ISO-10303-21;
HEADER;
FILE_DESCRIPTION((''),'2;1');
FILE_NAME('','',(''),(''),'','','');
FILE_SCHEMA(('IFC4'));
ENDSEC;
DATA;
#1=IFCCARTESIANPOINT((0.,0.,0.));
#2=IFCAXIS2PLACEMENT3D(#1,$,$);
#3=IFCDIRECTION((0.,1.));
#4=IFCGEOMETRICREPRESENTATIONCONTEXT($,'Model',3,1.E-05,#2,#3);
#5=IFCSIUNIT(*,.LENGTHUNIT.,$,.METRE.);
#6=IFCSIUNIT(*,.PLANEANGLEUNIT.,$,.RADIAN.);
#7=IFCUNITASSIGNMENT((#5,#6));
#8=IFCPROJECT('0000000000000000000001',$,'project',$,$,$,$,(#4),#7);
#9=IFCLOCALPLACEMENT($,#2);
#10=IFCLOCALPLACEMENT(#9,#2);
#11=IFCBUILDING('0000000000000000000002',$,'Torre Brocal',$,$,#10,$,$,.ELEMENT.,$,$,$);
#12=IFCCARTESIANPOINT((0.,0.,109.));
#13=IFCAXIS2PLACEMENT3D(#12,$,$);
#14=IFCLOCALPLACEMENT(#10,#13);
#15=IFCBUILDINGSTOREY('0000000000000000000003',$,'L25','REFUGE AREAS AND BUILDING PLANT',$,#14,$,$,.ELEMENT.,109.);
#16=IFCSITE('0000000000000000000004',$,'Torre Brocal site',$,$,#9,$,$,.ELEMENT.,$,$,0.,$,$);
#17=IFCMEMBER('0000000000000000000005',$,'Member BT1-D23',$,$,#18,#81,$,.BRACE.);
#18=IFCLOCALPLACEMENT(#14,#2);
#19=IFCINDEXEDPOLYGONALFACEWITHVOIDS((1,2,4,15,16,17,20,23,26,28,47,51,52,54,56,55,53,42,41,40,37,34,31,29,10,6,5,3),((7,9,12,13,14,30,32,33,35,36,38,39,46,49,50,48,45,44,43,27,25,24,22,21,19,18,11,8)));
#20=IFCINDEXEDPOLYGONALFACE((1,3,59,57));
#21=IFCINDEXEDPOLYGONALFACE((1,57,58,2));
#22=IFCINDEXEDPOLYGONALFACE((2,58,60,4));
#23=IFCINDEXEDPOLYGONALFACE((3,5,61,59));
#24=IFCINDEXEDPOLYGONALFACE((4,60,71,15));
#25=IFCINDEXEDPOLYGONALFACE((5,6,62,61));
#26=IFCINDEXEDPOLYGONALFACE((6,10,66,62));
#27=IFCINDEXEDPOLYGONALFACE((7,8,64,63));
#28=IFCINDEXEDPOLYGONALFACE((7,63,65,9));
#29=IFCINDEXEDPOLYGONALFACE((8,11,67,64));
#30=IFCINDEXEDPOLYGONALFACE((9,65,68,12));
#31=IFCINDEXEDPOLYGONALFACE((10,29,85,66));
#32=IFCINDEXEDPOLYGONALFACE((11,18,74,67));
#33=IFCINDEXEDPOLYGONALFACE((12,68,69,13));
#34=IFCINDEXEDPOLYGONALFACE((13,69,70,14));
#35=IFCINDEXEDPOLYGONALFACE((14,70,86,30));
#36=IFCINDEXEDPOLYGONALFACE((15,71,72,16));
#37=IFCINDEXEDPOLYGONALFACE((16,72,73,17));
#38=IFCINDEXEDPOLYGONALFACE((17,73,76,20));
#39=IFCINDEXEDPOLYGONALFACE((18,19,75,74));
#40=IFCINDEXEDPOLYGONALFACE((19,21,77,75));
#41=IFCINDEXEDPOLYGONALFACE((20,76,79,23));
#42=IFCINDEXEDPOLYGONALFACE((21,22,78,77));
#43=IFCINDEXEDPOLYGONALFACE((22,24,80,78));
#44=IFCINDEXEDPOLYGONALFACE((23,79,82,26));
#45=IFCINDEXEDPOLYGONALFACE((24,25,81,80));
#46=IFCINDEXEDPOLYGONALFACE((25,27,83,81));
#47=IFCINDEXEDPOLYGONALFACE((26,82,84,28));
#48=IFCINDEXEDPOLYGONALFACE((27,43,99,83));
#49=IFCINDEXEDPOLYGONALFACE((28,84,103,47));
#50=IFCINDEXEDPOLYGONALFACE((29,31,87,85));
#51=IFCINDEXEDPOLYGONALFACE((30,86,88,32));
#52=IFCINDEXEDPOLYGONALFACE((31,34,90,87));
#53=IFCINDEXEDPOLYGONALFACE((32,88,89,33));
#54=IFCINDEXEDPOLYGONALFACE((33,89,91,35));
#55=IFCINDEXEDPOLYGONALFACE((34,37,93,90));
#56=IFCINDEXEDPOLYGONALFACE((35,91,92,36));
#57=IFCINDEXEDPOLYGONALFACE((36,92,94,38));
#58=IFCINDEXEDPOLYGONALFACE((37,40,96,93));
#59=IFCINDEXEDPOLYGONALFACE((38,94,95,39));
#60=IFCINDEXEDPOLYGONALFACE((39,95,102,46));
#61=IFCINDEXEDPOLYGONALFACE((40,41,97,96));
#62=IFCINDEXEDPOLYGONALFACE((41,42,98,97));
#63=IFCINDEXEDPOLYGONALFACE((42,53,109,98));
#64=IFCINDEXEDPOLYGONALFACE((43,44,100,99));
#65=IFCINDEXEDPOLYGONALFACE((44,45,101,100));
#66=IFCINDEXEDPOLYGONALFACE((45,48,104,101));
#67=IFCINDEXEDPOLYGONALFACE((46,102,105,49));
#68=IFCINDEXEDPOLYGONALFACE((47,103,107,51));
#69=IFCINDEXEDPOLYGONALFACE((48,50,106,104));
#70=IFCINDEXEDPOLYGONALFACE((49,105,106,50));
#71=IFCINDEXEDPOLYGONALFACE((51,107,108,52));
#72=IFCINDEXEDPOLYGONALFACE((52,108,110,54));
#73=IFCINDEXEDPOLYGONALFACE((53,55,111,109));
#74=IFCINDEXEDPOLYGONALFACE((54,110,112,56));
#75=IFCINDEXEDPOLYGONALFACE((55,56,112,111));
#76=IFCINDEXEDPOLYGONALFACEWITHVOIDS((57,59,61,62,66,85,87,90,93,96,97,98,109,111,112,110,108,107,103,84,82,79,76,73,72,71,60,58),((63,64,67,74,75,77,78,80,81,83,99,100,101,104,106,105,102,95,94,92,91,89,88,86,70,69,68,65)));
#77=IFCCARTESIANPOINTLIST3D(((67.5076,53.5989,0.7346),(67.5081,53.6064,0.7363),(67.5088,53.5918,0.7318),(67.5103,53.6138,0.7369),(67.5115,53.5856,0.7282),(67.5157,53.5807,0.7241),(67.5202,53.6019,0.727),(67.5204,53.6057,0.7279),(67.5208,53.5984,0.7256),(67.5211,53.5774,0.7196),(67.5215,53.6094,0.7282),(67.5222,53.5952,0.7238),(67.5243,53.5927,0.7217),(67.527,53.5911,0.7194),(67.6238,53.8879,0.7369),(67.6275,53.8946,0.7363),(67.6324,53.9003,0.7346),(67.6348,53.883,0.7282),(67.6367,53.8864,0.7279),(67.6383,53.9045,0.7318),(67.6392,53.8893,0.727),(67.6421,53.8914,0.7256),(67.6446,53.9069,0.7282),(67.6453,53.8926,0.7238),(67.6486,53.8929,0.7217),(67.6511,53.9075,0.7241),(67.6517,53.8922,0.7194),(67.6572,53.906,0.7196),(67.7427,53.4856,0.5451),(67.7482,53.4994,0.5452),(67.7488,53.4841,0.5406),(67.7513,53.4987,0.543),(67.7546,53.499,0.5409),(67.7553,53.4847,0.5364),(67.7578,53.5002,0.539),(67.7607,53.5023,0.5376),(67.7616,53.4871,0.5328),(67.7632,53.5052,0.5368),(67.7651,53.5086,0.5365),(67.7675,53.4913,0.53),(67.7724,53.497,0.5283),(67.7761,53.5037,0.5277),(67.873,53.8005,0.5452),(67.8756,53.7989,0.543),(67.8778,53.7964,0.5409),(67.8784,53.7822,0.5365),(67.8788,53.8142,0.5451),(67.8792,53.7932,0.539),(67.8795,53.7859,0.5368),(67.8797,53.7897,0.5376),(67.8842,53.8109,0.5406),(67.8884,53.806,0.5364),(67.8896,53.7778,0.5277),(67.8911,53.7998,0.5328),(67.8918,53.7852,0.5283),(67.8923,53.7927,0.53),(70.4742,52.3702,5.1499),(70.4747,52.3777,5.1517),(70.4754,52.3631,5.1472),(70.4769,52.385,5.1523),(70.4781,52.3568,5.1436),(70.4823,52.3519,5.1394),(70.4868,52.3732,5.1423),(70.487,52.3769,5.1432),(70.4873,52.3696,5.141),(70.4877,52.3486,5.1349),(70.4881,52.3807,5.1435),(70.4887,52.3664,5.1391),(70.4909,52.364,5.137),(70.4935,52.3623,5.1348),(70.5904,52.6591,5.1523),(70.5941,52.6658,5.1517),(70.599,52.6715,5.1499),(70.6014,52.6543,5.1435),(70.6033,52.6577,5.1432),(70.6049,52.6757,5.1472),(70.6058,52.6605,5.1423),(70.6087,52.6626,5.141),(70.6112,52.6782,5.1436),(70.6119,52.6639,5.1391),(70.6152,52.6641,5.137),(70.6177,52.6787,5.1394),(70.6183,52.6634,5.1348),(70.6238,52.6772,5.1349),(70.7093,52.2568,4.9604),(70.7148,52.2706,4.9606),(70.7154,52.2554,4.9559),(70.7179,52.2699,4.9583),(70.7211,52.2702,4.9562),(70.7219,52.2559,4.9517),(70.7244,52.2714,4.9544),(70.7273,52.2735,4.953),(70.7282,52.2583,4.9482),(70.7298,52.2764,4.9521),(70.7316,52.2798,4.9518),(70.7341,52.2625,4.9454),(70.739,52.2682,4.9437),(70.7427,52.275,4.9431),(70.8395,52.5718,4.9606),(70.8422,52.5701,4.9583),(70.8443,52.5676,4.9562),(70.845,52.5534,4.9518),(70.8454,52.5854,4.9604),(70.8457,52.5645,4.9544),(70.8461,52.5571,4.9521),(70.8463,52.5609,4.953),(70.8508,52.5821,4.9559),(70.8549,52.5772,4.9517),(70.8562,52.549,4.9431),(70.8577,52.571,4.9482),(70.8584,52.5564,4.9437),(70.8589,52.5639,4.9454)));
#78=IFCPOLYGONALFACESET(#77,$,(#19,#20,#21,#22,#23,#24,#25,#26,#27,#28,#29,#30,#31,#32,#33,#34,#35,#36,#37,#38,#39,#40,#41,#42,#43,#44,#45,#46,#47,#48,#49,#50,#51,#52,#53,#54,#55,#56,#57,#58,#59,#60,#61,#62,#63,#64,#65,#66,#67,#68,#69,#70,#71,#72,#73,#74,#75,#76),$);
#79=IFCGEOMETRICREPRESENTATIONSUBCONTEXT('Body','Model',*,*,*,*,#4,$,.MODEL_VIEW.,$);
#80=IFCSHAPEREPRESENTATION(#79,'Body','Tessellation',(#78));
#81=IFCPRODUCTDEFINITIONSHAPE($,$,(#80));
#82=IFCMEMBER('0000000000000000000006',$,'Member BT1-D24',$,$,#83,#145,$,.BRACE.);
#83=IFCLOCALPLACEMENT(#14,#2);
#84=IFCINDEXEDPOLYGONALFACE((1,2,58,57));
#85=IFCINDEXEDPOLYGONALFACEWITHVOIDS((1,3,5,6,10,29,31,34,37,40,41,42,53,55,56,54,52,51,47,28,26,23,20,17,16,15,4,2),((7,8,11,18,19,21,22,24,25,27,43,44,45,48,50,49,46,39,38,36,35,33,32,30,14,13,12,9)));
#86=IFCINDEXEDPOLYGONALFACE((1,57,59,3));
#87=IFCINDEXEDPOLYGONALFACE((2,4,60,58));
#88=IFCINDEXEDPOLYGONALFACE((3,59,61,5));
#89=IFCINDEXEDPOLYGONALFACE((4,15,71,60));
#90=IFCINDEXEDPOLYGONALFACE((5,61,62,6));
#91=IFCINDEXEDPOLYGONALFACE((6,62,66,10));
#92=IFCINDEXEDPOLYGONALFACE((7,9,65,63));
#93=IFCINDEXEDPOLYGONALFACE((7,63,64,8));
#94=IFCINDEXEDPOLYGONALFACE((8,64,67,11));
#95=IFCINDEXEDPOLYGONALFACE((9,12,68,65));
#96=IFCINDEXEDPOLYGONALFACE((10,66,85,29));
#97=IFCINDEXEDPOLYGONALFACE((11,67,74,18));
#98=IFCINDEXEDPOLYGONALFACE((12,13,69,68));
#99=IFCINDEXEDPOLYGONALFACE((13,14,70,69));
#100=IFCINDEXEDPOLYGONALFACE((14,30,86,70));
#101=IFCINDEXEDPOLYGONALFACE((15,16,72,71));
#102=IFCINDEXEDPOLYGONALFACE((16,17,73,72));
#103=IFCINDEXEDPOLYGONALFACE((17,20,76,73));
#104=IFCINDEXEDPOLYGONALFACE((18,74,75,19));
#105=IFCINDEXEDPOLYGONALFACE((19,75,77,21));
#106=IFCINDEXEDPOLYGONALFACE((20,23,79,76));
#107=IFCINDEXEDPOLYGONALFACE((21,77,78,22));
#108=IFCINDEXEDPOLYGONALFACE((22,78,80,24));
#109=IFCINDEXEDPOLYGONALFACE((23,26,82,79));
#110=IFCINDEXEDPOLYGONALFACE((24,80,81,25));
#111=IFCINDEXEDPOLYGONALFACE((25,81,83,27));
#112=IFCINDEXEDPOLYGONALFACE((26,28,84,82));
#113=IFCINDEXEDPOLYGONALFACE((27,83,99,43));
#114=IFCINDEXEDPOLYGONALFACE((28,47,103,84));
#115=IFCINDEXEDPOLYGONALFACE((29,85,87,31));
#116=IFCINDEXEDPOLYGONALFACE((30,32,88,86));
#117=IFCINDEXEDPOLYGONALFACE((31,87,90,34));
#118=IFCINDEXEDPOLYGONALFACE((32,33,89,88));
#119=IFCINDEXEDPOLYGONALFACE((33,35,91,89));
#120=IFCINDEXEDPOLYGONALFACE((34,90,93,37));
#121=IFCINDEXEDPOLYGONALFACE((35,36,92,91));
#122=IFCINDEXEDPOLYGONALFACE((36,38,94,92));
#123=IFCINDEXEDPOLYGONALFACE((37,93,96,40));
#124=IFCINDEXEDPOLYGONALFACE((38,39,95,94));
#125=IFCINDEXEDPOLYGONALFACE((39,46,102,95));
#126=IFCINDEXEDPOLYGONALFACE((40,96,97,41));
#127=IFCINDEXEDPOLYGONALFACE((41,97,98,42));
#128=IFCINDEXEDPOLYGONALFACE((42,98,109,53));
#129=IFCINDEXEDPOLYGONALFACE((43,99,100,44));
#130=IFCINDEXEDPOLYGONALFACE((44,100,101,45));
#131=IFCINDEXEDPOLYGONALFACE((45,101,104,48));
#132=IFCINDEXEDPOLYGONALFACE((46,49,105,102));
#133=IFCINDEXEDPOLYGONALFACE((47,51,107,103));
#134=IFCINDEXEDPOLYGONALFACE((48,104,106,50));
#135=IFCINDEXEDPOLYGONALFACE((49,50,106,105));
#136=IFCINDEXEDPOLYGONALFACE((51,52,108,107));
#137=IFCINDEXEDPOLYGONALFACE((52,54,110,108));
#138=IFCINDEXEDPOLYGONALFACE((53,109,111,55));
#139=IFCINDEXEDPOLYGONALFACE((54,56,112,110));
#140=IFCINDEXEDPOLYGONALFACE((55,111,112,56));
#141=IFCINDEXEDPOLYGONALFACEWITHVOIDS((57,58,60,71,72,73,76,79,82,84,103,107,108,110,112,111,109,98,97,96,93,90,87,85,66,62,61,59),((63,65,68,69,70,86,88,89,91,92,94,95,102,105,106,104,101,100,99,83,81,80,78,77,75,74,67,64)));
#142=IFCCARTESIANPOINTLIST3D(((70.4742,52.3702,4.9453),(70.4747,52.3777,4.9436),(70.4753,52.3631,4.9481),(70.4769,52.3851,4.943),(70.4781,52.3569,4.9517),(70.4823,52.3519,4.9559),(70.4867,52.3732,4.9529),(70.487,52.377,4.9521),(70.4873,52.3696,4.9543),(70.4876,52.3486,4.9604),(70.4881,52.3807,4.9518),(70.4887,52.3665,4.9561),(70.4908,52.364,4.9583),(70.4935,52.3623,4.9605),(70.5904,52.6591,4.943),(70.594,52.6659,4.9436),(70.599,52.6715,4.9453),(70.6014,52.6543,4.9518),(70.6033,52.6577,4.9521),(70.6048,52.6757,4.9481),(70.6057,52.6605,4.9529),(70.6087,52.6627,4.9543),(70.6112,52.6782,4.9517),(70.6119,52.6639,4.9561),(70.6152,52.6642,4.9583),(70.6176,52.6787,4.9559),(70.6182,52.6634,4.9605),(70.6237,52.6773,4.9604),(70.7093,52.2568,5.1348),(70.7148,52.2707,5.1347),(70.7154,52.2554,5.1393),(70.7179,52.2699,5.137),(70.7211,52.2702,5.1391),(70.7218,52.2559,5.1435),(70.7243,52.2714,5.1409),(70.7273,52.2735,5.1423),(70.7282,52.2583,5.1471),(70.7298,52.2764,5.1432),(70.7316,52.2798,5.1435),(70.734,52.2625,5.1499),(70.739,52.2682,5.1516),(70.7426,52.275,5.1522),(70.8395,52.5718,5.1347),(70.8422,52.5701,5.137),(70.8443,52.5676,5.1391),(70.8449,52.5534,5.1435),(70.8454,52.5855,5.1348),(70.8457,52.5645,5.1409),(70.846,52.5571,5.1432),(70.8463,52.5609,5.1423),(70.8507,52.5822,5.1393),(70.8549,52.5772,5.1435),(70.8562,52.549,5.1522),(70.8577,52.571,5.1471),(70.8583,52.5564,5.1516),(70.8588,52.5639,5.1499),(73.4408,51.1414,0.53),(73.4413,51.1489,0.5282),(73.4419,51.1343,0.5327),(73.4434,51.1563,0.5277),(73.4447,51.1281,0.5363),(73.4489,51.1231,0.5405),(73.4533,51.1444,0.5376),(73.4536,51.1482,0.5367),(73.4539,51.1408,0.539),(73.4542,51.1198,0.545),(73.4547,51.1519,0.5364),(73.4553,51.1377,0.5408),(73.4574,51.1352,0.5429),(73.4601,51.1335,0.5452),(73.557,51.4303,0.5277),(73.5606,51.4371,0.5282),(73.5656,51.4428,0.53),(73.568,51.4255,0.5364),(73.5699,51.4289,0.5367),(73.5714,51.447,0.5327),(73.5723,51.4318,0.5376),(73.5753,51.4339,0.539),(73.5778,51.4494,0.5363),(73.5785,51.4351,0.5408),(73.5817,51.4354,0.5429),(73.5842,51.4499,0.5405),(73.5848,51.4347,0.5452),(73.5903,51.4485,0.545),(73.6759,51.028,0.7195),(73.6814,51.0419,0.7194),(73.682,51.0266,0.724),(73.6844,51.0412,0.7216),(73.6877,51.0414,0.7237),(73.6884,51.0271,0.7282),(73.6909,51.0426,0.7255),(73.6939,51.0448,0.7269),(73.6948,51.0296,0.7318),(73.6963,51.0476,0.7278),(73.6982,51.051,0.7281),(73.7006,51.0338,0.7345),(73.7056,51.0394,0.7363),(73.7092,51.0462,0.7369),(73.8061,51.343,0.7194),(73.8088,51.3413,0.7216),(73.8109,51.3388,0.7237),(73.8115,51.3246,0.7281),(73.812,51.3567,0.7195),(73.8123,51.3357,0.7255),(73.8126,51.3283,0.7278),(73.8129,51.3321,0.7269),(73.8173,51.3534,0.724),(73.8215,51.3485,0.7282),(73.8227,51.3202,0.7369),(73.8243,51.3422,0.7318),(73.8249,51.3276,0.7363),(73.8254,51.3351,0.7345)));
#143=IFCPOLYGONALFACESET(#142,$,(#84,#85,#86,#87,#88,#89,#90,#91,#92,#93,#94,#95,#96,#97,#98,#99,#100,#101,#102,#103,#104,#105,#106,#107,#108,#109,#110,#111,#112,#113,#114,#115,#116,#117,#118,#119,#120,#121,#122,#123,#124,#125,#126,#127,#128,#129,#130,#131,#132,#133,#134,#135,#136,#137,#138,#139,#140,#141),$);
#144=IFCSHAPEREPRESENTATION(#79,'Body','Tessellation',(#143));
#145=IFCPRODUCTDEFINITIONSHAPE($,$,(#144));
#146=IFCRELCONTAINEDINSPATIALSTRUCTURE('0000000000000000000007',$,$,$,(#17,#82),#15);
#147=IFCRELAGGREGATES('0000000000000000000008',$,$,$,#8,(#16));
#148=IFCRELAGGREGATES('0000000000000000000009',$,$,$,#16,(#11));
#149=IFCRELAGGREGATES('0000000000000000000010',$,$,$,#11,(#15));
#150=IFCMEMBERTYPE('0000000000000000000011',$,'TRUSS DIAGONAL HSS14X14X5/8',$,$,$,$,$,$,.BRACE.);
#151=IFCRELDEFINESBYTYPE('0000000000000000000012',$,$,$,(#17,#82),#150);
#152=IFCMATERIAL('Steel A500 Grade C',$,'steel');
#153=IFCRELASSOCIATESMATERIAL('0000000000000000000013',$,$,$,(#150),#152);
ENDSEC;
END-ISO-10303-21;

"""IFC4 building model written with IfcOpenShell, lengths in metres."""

from ifc_helpers import new_model, si_unit, direction, frame, origin, origin_2d, place, context, subcontext, project, spatial, hollow_rectangle, extrude, material, material_profile, profile_set, type_object, element, save


model = new_model("IFC4")

# Units and contexts
model_context = context("Model", 3, precision=1e-05, world=origin(), true_north=direction((0.0, 1.0)))
body_context = subcontext(model_context, "Body", "Model", "MODEL_VIEW")
ifc_project = project(units=[si_unit("LENGTHUNIT", "METRE"), si_unit("PLANEANGLEUNIT", "RADIAN")], contexts=[model_context])

# Site, building, storey
site_placement = place(None, origin())
site = spatial("IfcSite", under=ifc_project, at=site_placement, Name="Torre Brocal site", CompositionType="ELEMENT", RefElevation=0.0)
building_placement = place(site_placement, origin())
building = spatial("IfcBuilding", under=site, at=building_placement, Name="Torre Brocal", CompositionType="ELEMENT")
storey_placement = place(building_placement, frame((0.0, 0.0, 109.0)))
storey = spatial("IfcBuildingStorey", under=building, at=storey_placement, Name="L25", Description="REFUGE AREAS AND BUILDING PLANT", CompositionType="ELEMENT", Elevation=109.0)

# Members
ifc_material_1 = material(Name="Steel A500 Grade C", Category="steel")
ifc_material_profile_1 = material_profile(ifc_material_1, hollow_rectangle(XDim=0.3557, YDim=0.3557, WallThickness=0.0149, InnerFilletRadius=0.0149, OuterFilletRadius=0.0295, at=origin_2d()), Name="HSS14X14X5/8")
ifc_profile_set_1 = profile_set([ifc_material_profile_1], Name="Steel A500 Grade C")
member_type_1 = type_object("IfcMemberType", Name="TRUSS DIAGONAL HSS14X14X5/8", PredefinedType="BRACE", material=ifc_profile_set_1)
for number, where, z_axis, x_axis, name in (
    (1, (67.7, 53.6958, 0.6323), (0.543385, -0.225072, 0.808749), (0.382676, 0.923882, 0.0), "Member BT1-D23"),
    (2, (70.6665, 52.467, 5.0476), (0.543385, -0.225072, -0.808749), (0.382676, 0.923882, 0.0), "Member BT1-D24"),
):
    element("IfcMember", number, at=place(storey_placement, frame(where, z_axis=z_axis, x_axis=x_axis)), inside=storey, type_object=member_type_1, Name=name, PredefinedType="BRACE", context=body_context, shape_type="SweptSolid", body=[
        extrude(hollow_rectangle(XDim=0.3557, YDim=0.3557, WallThickness=0.0149, InnerFilletRadius=0.0149, OuterFilletRadius=0.0295, at=origin_2d()), origin(), (0.0, 0.0, 1.0), 5.4595),
    ])

save(model, "model.ifc")
